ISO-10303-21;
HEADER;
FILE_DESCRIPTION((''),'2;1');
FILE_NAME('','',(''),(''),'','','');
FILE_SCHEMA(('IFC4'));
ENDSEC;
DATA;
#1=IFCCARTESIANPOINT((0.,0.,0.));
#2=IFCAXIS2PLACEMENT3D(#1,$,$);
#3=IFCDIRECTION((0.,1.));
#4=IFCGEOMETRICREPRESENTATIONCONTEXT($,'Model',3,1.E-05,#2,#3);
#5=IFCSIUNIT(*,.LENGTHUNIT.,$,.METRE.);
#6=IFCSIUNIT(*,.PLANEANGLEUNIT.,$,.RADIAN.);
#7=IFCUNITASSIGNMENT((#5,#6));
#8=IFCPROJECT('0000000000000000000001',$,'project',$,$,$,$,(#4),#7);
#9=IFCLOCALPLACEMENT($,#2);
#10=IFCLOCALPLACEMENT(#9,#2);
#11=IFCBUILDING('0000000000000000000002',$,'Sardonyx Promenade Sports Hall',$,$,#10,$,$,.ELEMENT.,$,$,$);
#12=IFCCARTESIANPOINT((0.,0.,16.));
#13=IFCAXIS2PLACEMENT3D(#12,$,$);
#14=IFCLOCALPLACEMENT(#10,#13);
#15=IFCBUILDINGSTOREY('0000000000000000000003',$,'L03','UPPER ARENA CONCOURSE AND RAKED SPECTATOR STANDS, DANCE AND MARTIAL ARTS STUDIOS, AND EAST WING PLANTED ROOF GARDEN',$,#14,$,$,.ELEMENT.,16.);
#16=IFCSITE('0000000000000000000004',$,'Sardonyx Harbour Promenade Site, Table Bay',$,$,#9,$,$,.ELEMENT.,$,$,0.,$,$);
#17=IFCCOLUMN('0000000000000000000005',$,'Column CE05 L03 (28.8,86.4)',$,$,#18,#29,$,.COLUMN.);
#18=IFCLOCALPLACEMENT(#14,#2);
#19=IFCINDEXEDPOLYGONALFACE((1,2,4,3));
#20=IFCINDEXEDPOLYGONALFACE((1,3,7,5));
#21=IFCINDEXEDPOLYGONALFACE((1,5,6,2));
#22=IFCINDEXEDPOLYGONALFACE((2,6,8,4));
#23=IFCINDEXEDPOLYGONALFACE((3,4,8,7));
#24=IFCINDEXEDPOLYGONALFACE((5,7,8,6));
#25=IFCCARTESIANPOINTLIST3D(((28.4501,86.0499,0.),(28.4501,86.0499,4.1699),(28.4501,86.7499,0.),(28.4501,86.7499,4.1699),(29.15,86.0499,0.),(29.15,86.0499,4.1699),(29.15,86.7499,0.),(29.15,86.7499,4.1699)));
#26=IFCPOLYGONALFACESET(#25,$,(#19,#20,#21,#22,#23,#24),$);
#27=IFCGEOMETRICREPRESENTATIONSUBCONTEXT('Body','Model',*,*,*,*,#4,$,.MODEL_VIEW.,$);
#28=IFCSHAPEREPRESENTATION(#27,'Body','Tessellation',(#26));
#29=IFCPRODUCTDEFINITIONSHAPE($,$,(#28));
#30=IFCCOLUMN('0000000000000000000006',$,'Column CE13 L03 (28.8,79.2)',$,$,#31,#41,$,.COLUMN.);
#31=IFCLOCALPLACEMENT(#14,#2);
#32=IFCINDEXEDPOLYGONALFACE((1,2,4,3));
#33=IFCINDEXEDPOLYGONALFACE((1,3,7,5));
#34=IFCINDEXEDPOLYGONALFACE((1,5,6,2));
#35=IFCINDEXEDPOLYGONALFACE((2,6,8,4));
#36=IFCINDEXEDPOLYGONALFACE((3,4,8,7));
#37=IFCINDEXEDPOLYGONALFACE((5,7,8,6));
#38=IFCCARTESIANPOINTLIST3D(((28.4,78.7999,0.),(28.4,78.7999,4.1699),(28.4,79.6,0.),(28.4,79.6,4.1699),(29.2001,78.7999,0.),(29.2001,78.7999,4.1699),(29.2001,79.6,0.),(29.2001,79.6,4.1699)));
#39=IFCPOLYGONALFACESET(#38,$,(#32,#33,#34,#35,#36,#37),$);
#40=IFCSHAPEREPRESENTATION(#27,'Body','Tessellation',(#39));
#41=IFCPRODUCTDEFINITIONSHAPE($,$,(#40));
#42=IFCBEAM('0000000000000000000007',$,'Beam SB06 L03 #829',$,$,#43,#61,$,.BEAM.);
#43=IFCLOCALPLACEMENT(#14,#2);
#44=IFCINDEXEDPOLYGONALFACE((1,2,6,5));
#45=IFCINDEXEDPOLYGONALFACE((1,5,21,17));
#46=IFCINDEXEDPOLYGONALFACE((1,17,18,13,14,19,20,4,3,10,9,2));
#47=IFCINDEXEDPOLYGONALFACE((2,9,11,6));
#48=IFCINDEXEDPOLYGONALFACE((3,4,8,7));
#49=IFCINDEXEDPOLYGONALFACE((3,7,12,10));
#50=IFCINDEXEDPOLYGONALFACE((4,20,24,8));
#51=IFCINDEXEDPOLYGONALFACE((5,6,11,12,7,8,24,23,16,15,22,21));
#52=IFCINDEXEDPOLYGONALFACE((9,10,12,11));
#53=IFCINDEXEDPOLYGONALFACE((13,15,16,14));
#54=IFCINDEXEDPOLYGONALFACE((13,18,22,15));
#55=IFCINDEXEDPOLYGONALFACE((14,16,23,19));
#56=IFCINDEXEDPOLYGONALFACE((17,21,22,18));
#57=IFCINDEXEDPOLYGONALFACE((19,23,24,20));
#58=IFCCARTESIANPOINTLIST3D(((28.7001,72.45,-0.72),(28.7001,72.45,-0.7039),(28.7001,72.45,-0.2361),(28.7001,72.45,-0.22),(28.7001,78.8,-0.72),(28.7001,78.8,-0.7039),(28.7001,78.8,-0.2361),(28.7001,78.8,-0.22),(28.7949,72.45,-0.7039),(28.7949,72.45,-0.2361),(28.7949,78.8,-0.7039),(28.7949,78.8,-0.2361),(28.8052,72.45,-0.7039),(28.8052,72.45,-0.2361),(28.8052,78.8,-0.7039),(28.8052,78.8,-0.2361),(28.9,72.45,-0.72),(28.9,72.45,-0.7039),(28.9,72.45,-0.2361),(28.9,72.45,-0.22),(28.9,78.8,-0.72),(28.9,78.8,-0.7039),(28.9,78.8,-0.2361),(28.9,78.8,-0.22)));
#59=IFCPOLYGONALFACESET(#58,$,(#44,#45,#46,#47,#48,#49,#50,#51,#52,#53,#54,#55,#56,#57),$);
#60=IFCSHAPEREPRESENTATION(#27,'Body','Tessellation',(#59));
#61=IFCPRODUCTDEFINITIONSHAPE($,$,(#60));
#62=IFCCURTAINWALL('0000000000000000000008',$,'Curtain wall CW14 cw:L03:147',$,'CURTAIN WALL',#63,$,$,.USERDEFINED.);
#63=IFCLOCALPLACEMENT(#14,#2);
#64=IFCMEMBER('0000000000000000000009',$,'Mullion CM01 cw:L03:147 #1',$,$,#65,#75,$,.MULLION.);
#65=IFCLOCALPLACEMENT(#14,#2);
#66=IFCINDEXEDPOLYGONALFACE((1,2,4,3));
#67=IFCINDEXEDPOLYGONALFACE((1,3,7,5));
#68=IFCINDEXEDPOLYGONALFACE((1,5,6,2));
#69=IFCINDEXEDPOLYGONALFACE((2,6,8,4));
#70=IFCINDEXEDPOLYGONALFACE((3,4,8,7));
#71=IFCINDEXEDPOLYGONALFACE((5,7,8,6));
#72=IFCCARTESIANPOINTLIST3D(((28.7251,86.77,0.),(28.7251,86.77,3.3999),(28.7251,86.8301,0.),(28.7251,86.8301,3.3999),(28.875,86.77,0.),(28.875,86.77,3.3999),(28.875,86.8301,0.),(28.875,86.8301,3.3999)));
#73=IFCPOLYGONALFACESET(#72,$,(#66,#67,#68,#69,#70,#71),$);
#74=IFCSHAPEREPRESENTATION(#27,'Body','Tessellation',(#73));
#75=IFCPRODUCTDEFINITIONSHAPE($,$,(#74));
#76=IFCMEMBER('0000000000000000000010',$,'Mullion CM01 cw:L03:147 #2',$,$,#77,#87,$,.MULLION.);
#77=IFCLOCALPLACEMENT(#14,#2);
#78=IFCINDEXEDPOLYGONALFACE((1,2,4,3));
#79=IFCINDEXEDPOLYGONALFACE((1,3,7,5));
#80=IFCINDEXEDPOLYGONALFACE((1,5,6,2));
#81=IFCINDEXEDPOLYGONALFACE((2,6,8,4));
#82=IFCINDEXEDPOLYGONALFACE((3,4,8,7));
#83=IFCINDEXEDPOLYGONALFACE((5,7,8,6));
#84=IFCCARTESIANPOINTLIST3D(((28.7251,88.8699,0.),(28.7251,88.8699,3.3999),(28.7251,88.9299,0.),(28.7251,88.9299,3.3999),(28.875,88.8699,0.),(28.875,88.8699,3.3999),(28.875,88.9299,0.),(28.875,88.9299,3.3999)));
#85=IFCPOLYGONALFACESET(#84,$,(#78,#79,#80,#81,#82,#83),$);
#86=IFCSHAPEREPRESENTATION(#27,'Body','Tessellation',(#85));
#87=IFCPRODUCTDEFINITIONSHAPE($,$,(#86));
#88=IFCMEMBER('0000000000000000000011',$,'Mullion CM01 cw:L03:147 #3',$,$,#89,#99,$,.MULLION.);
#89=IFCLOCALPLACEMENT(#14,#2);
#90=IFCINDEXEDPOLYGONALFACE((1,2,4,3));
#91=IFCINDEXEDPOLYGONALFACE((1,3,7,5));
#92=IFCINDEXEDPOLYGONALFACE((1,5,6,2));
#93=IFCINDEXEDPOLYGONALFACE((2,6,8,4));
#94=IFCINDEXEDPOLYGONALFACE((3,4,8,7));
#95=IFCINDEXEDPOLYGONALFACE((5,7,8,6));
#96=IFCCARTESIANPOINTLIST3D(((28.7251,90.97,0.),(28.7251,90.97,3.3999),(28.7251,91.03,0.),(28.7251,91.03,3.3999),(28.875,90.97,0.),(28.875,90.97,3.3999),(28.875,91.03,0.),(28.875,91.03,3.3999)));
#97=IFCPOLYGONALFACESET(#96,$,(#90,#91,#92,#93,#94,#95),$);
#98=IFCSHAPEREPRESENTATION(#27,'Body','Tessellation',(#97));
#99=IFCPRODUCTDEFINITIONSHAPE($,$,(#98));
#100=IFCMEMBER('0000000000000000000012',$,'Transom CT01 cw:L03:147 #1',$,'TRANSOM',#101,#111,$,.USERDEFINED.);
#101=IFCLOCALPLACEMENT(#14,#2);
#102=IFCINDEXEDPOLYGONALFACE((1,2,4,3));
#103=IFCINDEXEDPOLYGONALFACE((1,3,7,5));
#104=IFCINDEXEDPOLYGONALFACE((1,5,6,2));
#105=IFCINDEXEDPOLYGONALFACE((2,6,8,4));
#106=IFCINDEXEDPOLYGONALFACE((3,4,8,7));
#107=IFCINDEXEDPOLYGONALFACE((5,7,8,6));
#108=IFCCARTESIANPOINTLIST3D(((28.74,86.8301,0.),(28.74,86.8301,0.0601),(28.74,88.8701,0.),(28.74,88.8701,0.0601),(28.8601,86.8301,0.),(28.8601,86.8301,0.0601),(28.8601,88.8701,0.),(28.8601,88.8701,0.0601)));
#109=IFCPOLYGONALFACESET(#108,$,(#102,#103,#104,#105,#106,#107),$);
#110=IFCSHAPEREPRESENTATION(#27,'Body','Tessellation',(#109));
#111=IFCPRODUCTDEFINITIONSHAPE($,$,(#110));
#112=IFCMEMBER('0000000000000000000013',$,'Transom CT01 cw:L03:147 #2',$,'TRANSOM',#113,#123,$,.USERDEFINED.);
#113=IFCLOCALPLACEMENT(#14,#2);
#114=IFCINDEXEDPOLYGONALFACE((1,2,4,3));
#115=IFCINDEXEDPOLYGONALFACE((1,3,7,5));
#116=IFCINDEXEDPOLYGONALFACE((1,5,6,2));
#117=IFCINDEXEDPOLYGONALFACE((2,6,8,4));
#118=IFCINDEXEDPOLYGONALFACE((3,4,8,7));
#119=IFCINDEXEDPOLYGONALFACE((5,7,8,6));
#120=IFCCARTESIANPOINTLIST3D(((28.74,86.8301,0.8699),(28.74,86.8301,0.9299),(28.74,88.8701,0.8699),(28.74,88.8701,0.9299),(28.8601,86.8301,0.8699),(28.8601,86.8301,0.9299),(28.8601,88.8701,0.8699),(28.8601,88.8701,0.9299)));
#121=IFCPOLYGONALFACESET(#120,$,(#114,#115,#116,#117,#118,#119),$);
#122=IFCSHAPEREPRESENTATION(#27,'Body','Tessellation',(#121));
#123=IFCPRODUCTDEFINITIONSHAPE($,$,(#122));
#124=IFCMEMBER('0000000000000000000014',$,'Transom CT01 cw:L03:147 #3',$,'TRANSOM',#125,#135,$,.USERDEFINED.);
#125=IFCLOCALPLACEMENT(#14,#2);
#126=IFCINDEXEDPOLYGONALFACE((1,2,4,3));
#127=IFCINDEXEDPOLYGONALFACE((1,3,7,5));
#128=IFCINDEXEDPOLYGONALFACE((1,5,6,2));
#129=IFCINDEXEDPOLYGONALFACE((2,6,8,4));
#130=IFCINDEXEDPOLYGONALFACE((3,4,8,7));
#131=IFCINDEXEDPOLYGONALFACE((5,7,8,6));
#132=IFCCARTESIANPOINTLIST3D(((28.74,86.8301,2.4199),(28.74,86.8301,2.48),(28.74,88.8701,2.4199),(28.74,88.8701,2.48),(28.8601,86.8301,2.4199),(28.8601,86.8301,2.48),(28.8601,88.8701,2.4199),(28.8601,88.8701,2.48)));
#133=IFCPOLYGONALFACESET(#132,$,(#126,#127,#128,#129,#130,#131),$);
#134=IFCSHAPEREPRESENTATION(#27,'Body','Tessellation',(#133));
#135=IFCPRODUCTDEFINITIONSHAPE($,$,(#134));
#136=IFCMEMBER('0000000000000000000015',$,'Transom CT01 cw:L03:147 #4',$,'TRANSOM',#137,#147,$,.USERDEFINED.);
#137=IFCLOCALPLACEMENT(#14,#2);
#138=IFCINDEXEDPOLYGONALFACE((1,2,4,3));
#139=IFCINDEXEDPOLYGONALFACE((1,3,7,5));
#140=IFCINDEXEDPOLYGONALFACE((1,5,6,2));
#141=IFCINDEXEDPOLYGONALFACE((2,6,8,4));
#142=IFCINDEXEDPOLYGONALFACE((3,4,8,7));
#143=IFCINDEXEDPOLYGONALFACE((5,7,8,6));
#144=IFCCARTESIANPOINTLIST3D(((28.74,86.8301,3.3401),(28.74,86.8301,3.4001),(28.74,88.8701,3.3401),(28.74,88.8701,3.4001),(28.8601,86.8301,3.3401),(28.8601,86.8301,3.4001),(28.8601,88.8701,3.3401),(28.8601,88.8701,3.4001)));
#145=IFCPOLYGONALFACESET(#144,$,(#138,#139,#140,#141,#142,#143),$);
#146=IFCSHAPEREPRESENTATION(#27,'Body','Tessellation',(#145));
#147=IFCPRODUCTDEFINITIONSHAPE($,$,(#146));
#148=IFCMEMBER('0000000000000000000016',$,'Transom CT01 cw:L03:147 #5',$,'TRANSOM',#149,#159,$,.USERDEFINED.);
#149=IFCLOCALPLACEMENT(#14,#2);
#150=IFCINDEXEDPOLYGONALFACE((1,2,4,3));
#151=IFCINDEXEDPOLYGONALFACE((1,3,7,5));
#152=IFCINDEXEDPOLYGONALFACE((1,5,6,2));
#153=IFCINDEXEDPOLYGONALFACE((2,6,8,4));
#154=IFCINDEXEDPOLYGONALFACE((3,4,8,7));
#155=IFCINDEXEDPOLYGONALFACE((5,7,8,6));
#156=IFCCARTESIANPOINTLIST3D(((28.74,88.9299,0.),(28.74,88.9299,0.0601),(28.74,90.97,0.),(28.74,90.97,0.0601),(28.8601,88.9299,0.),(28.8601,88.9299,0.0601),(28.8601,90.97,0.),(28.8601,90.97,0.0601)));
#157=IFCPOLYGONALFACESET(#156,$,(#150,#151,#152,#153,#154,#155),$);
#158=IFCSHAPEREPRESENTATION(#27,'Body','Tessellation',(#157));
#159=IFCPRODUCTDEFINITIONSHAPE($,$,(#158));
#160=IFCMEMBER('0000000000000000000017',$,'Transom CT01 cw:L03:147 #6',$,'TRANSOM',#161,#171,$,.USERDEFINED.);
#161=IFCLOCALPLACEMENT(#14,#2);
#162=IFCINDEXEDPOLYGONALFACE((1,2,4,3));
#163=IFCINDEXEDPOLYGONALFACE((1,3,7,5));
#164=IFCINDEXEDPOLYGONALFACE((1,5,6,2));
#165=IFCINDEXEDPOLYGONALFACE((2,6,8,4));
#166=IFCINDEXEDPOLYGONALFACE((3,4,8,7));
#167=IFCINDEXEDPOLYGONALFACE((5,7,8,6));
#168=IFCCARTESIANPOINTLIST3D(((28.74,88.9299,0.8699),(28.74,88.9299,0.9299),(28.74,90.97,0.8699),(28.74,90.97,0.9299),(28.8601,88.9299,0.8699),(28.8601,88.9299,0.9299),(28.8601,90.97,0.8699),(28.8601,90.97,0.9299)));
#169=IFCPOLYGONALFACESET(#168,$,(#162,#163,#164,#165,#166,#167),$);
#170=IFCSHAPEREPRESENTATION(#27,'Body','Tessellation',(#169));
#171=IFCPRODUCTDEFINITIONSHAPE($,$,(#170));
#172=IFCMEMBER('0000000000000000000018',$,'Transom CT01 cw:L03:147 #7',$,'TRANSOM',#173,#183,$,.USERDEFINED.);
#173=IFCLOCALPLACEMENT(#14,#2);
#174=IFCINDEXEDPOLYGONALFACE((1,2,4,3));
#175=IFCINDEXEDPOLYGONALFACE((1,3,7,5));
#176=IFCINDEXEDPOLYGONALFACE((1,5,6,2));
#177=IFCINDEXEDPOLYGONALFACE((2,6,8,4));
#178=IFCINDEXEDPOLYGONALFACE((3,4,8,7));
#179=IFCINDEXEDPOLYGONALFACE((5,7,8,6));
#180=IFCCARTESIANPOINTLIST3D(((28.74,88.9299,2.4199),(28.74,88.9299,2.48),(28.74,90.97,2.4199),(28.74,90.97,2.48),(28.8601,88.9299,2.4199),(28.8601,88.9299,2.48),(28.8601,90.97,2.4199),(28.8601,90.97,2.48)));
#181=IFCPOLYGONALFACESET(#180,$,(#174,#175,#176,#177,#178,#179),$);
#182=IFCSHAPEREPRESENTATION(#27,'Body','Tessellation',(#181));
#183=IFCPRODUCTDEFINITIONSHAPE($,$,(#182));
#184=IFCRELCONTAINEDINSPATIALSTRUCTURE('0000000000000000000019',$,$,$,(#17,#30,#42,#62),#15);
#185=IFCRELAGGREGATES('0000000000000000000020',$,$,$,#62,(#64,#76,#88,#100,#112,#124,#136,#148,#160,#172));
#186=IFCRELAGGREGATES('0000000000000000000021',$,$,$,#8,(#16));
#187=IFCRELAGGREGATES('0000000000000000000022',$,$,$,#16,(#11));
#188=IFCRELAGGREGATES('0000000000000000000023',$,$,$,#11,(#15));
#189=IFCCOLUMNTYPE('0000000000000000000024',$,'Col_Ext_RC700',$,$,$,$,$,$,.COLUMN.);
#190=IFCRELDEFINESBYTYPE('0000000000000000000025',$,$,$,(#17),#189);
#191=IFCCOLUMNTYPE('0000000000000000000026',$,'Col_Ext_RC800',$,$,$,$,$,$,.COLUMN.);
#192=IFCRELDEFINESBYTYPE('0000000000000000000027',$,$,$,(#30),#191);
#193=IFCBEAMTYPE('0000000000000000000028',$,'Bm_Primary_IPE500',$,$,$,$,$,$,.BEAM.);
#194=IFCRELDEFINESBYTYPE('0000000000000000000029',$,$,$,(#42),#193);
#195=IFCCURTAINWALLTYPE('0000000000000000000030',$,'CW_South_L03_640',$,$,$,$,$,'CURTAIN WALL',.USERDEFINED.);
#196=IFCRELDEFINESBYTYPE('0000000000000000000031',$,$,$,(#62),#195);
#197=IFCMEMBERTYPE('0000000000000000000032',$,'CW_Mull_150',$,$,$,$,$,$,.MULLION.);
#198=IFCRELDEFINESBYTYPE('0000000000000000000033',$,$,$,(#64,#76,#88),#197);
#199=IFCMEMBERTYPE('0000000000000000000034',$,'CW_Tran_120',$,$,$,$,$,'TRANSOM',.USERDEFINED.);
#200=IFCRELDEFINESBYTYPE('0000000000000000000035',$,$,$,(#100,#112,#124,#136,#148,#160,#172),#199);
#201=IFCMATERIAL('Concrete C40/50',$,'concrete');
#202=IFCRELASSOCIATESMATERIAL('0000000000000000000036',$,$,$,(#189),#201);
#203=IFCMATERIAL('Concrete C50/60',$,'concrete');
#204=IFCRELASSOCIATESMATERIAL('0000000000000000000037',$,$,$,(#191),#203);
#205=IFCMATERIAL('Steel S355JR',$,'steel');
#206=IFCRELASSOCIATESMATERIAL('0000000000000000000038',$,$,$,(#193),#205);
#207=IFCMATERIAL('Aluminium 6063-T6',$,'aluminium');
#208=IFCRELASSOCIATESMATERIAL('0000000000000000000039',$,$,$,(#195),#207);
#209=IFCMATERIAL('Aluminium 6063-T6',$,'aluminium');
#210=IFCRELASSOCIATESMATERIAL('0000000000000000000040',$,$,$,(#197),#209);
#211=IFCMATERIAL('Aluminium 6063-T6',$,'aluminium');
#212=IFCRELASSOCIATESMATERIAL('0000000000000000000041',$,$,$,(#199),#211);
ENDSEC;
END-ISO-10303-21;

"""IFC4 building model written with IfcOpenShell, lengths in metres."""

from ifc_helpers import new_model, si_unit, direction, frame, origin, origin_2d, place, context, subcontext, project, spatial, rectangle, i_section, extrude, material, material_profile, profile_set, type_object, element, aggregate, save


model = new_model("IFC4")

# Units and contexts
model_context = context("Model", 3, precision=1e-05, world=origin(), true_north=direction((0.0, 1.0)))
body_context = subcontext(model_context, "Body", "Model", "MODEL_VIEW")
ifc_project = project(units=[si_unit("LENGTHUNIT", "METRE"), si_unit("PLANEANGLEUNIT", "RADIAN")], contexts=[model_context])

# Site, building, storey
site_placement = place(None, origin())
site = spatial("IfcSite", under=ifc_project, at=site_placement, Name="Sardonyx Harbour Promenade Site, Table Bay", CompositionType="ELEMENT", RefElevation=0.0)
building_placement = place(site_placement, origin())
building = spatial("IfcBuilding", under=site, at=building_placement, Name="Sardonyx Promenade Sports Hall", CompositionType="ELEMENT")
storey_placement = place(building_placement, frame((0.0, 0.0, 16.0)))
storey = spatial("IfcBuildingStorey", under=building, at=storey_placement, Name="L03", Description="UPPER ARENA CONCOURSE AND RAKED SPECTATOR STANDS, DANCE AND MARTIAL ARTS STUDIOS, AND EAST WING PLANTED ROOF GARDEN", CompositionType="ELEMENT", Elevation=16.0)

# Columns
ifc_material_1 = material(Name="Concrete C40/50", Category="concrete")
ifc_material_profile_1 = material_profile(ifc_material_1, rectangle(XDim=0.7, YDim=0.7, at=origin_2d()))
ifc_profile_set_1 = profile_set([ifc_material_profile_1], Name="Concrete C40/50")
column_type_1 = type_object("IfcColumnType", Name="Col_Ext_RC700", PredefinedType="COLUMN", material=ifc_profile_set_1)
column_1_placement = place(storey_placement, frame((28.8, 86.3999, 0.0), z_axis=(0.0, 0.0, 1.0), x_axis=(1.0, 0.0, 0.0)))
element("IfcColumn", 1, at=column_1_placement, inside=storey, type_object=column_type_1, Name="Column CE05 L03 (28.8,86.4)", PredefinedType="COLUMN", context=body_context, shape_type="SweptSolid", body=[
    extrude(rectangle(XDim=0.7, YDim=0.7, at=origin_2d()), origin(), (0.0, 0.0, 1.0), 4.1699),
])
ifc_material_2 = material(Name="Concrete C50/60", Category="concrete")
ifc_material_profile_2 = material_profile(ifc_material_2, rectangle(XDim=0.8, YDim=0.8, at=origin_2d()))
ifc_profile_set_2 = profile_set([ifc_material_profile_2], Name="Concrete C50/60")
column_type_2 = type_object("IfcColumnType", Name="Col_Ext_RC800", PredefinedType="COLUMN", material=ifc_profile_set_2)
column_2_placement = place(storey_placement, frame((28.8, 79.2, 0.0), z_axis=(0.0, 0.0, 1.0), x_axis=(1.0, 0.0, 0.0)))
element("IfcColumn", 2, at=column_2_placement, inside=storey, type_object=column_type_2, Name="Column CE13 L03 (28.8,79.2)", PredefinedType="COLUMN", context=body_context, shape_type="SweptSolid", body=[
    extrude(rectangle(XDim=0.8, YDim=0.8, at=origin_2d()), origin(), (0.0, 0.0, 1.0), 4.1699),
])

# Beam
ifc_material_3 = material(Name="Steel S355JR", Category="steel")
ifc_material_profile_3 = material_profile(ifc_material_3, i_section(OverallWidth=0.2, OverallDepth=0.5, WebThickness=0.0103, FlangeThickness=0.0161, at=origin_2d()))
ifc_profile_set_3 = profile_set([ifc_material_profile_3], Name="Steel S355JR")
beam_type = type_object("IfcBeamType", Name="Bm_Primary_IPE500", PredefinedType="BEAM", material=ifc_profile_set_3)
beam_placement = place(storey_placement, frame((28.8, 72.45, -0.47), z_axis=(0.0, 1.0, 0.0), x_axis=(-1.0, 0.0, 0.0)))
element("IfcBeam", 3, at=beam_placement, inside=storey, type_object=beam_type, Name="Beam SB06 L03 #829", PredefinedType="BEAM", context=body_context, shape_type="SweptSolid", body=[
    extrude(i_section(OverallWidth=0.2, OverallDepth=0.5, WebThickness=0.0103, FlangeThickness=0.0161, at=origin_2d()), origin(), (0.0, 0.0, 1.0), 6.3501),
])

# Curtain wall, members
ifc_material_4 = material(Name="Aluminium 6063-T6", Category="aluminium")
curtain_wall_type = type_object("IfcCurtainWallType", Name="CW_South_L03_640", ElementType="CURTAIN WALL", PredefinedType="USERDEFINED", material=ifc_material_4)
curtain_wall_placement = place(storey_placement, origin())
curtain_wall = element("IfcCurtainWall", 4, at=curtain_wall_placement, inside=storey, type_object=curtain_wall_type, Name="Curtain wall CW14 cw:L03:147", ObjectType="CURTAIN WALL", PredefinedType="USERDEFINED")
ifc_material_5 = material(Name="Aluminium 6063-T6", Category="aluminium")
ifc_material_profile_4 = material_profile(ifc_material_5, rectangle(XDim=0.0601, YDim=0.1499, at=origin_2d()))
ifc_profile_set_4 = profile_set([ifc_material_profile_4], Name="Aluminium 6063-T6")
member_type_1 = type_object("IfcMemberType", Name="CW_Mull_150", PredefinedType="MULLION", material=ifc_profile_set_4)
member_1_placement = place(storey_placement, frame((28.8, 86.8, 0.0), z_axis=(0.0, 0.0, 1.0), x_axis=(0.0, 1.0, 0.0)))
member_1 = element("IfcMember", 5, at=member_1_placement, type_object=member_type_1, Name="Mullion CM01 cw:L03:147 #1", PredefinedType="MULLION", context=body_context, shape_type="SweptSolid", body=[
    extrude(rectangle(XDim=0.0601, YDim=0.1499, at=origin_2d()), origin(), (0.0, 0.0, 1.0), 3.3999),
])
member_2_placement = place(storey_placement, frame((28.8, 88.8999, 0.0), z_axis=(0.0, 0.0, 1.0), x_axis=(0.0, 1.0, 0.0)))
member_2 = element("IfcMember", 6, at=member_2_placement, type_object=member_type_1, Name="Mullion CM01 cw:L03:147 #2", PredefinedType="MULLION", context=body_context, shape_type="SweptSolid", body=[
    extrude(rectangle(XDim=0.0601, YDim=0.1499, at=origin_2d()), origin(), (0.0, 0.0, 1.0), 3.3999),
])
member_3_placement = place(storey_placement, frame((28.8, 91.0, 0.0), z_axis=(0.0, 0.0, 1.0), x_axis=(0.0, 1.0, 0.0)))
member_3 = element("IfcMember", 7, at=member_3_placement, type_object=member_type_1, Name="Mullion CM01 cw:L03:147 #3", PredefinedType="MULLION", context=body_context, shape_type="SweptSolid", body=[
    extrude(rectangle(XDim=0.0601, YDim=0.1499, at=origin_2d()), origin(), (0.0, 0.0, 1.0), 3.3999),
])
ifc_material_6 = material(Name="Aluminium 6063-T6", Category="aluminium")
ifc_material_profile_5 = material_profile(ifc_material_6, rectangle(XDim=0.0601, YDim=0.1201, at=origin_2d()))
ifc_profile_set_5 = profile_set([ifc_material_profile_5], Name="Aluminium 6063-T6")
member_type_2 = type_object("IfcMemberType", Name="CW_Tran_120", ElementType="TRANSOM", PredefinedType="USERDEFINED", material=ifc_profile_set_5)
member_4_placement = place(storey_placement, frame((28.8, 86.8301, 0.03), z_axis=(0.0, 1.0, 0.0), x_axis=(0.0, 0.0, 1.0)))
member_4 = element("IfcMember", 8, at=member_4_placement, type_object=member_type_2, Name="Transom CT01 cw:L03:147 #1", ObjectType="TRANSOM", PredefinedType="USERDEFINED", context=body_context, shape_type="SweptSolid", body=[
    extrude(rectangle(XDim=0.0601, YDim=0.1201, at=origin_2d()), origin(), (0.0, 0.0, 1.0), 2.04),
])
member_5_placement = place(storey_placement, frame((28.8, 86.8301, 0.8999), z_axis=(0.0, 1.0, 0.0), x_axis=(0.0, 0.0, 1.0)))
member_5 = element("IfcMember", 9, at=member_5_placement, type_object=member_type_2, Name="Transom CT01 cw:L03:147 #2", ObjectType="TRANSOM", PredefinedType="USERDEFINED", context=body_context, shape_type="SweptSolid", body=[
    extrude(rectangle(XDim=0.0601, YDim=0.1201, at=origin_2d()), origin(), (0.0, 0.0, 1.0), 2.04),
])
member_6_placement = place(storey_placement, frame((28.8, 86.8301, 2.45), z_axis=(0.0, 1.0, 0.0), x_axis=(0.0, 0.0, 1.0)))
member_6 = element("IfcMember", 10, at=member_6_placement, type_object=member_type_2, Name="Transom CT01 cw:L03:147 #3", ObjectType="TRANSOM", PredefinedType="USERDEFINED", context=body_context, shape_type="SweptSolid", body=[
    extrude(rectangle(XDim=0.0601, YDim=0.1201, at=origin_2d()), origin(), (0.0, 0.0, 1.0), 2.04),
])
member_7_placement = place(storey_placement, frame((28.8, 86.8301, 3.3701), z_axis=(0.0, 1.0, 0.0), x_axis=(0.0, 0.0, 1.0)))
member_7 = element("IfcMember", 11, at=member_7_placement, type_object=member_type_2, Name="Transom CT01 cw:L03:147 #4", ObjectType="TRANSOM", PredefinedType="USERDEFINED", context=body_context, shape_type="SweptSolid", body=[
    extrude(rectangle(XDim=0.0601, YDim=0.1201, at=origin_2d()), origin(), (0.0, 0.0, 1.0), 2.04),
])
member_8_placement = place(storey_placement, frame((28.8, 88.9299, 0.03), z_axis=(0.0, 1.0, 0.0), x_axis=(0.0, 0.0, 1.0)))
member_8 = element("IfcMember", 12, at=member_8_placement, type_object=member_type_2, Name="Transom CT01 cw:L03:147 #5", ObjectType="TRANSOM", PredefinedType="USERDEFINED", context=body_context, shape_type="SweptSolid", body=[
    extrude(rectangle(XDim=0.0601, YDim=0.1201, at=origin_2d()), origin(), (0.0, 0.0, 1.0), 2.04),
])
member_9_placement = place(storey_placement, frame((28.8, 88.9299, 0.8999), z_axis=(0.0, 1.0, 0.0), x_axis=(0.0, 0.0, 1.0)))
member_9 = element("IfcMember", 13, at=member_9_placement, type_object=member_type_2, Name="Transom CT01 cw:L03:147 #6", ObjectType="TRANSOM", PredefinedType="USERDEFINED", context=body_context, shape_type="SweptSolid", body=[
    extrude(rectangle(XDim=0.0601, YDim=0.1201, at=origin_2d()), origin(), (0.0, 0.0, 1.0), 2.04),
])
member_10_placement = place(storey_placement, frame((28.8, 88.9299, 2.45), z_axis=(0.0, 1.0, 0.0), x_axis=(0.0, 0.0, 1.0)))
member_10 = element("IfcMember", 14, at=member_10_placement, type_object=member_type_2, Name="Transom CT01 cw:L03:147 #7", ObjectType="TRANSOM", PredefinedType="USERDEFINED", context=body_context, shape_type="SweptSolid", body=[
    extrude(rectangle(XDim=0.0601, YDim=0.1201, at=origin_2d()), origin(), (0.0, 0.0, 1.0), 2.04),
])
aggregate(curtain_wall, [member_1, member_2, member_3, member_4, member_5, member_6, member_7, member_8, member_9, member_10])

save(model, "model.ifc")
